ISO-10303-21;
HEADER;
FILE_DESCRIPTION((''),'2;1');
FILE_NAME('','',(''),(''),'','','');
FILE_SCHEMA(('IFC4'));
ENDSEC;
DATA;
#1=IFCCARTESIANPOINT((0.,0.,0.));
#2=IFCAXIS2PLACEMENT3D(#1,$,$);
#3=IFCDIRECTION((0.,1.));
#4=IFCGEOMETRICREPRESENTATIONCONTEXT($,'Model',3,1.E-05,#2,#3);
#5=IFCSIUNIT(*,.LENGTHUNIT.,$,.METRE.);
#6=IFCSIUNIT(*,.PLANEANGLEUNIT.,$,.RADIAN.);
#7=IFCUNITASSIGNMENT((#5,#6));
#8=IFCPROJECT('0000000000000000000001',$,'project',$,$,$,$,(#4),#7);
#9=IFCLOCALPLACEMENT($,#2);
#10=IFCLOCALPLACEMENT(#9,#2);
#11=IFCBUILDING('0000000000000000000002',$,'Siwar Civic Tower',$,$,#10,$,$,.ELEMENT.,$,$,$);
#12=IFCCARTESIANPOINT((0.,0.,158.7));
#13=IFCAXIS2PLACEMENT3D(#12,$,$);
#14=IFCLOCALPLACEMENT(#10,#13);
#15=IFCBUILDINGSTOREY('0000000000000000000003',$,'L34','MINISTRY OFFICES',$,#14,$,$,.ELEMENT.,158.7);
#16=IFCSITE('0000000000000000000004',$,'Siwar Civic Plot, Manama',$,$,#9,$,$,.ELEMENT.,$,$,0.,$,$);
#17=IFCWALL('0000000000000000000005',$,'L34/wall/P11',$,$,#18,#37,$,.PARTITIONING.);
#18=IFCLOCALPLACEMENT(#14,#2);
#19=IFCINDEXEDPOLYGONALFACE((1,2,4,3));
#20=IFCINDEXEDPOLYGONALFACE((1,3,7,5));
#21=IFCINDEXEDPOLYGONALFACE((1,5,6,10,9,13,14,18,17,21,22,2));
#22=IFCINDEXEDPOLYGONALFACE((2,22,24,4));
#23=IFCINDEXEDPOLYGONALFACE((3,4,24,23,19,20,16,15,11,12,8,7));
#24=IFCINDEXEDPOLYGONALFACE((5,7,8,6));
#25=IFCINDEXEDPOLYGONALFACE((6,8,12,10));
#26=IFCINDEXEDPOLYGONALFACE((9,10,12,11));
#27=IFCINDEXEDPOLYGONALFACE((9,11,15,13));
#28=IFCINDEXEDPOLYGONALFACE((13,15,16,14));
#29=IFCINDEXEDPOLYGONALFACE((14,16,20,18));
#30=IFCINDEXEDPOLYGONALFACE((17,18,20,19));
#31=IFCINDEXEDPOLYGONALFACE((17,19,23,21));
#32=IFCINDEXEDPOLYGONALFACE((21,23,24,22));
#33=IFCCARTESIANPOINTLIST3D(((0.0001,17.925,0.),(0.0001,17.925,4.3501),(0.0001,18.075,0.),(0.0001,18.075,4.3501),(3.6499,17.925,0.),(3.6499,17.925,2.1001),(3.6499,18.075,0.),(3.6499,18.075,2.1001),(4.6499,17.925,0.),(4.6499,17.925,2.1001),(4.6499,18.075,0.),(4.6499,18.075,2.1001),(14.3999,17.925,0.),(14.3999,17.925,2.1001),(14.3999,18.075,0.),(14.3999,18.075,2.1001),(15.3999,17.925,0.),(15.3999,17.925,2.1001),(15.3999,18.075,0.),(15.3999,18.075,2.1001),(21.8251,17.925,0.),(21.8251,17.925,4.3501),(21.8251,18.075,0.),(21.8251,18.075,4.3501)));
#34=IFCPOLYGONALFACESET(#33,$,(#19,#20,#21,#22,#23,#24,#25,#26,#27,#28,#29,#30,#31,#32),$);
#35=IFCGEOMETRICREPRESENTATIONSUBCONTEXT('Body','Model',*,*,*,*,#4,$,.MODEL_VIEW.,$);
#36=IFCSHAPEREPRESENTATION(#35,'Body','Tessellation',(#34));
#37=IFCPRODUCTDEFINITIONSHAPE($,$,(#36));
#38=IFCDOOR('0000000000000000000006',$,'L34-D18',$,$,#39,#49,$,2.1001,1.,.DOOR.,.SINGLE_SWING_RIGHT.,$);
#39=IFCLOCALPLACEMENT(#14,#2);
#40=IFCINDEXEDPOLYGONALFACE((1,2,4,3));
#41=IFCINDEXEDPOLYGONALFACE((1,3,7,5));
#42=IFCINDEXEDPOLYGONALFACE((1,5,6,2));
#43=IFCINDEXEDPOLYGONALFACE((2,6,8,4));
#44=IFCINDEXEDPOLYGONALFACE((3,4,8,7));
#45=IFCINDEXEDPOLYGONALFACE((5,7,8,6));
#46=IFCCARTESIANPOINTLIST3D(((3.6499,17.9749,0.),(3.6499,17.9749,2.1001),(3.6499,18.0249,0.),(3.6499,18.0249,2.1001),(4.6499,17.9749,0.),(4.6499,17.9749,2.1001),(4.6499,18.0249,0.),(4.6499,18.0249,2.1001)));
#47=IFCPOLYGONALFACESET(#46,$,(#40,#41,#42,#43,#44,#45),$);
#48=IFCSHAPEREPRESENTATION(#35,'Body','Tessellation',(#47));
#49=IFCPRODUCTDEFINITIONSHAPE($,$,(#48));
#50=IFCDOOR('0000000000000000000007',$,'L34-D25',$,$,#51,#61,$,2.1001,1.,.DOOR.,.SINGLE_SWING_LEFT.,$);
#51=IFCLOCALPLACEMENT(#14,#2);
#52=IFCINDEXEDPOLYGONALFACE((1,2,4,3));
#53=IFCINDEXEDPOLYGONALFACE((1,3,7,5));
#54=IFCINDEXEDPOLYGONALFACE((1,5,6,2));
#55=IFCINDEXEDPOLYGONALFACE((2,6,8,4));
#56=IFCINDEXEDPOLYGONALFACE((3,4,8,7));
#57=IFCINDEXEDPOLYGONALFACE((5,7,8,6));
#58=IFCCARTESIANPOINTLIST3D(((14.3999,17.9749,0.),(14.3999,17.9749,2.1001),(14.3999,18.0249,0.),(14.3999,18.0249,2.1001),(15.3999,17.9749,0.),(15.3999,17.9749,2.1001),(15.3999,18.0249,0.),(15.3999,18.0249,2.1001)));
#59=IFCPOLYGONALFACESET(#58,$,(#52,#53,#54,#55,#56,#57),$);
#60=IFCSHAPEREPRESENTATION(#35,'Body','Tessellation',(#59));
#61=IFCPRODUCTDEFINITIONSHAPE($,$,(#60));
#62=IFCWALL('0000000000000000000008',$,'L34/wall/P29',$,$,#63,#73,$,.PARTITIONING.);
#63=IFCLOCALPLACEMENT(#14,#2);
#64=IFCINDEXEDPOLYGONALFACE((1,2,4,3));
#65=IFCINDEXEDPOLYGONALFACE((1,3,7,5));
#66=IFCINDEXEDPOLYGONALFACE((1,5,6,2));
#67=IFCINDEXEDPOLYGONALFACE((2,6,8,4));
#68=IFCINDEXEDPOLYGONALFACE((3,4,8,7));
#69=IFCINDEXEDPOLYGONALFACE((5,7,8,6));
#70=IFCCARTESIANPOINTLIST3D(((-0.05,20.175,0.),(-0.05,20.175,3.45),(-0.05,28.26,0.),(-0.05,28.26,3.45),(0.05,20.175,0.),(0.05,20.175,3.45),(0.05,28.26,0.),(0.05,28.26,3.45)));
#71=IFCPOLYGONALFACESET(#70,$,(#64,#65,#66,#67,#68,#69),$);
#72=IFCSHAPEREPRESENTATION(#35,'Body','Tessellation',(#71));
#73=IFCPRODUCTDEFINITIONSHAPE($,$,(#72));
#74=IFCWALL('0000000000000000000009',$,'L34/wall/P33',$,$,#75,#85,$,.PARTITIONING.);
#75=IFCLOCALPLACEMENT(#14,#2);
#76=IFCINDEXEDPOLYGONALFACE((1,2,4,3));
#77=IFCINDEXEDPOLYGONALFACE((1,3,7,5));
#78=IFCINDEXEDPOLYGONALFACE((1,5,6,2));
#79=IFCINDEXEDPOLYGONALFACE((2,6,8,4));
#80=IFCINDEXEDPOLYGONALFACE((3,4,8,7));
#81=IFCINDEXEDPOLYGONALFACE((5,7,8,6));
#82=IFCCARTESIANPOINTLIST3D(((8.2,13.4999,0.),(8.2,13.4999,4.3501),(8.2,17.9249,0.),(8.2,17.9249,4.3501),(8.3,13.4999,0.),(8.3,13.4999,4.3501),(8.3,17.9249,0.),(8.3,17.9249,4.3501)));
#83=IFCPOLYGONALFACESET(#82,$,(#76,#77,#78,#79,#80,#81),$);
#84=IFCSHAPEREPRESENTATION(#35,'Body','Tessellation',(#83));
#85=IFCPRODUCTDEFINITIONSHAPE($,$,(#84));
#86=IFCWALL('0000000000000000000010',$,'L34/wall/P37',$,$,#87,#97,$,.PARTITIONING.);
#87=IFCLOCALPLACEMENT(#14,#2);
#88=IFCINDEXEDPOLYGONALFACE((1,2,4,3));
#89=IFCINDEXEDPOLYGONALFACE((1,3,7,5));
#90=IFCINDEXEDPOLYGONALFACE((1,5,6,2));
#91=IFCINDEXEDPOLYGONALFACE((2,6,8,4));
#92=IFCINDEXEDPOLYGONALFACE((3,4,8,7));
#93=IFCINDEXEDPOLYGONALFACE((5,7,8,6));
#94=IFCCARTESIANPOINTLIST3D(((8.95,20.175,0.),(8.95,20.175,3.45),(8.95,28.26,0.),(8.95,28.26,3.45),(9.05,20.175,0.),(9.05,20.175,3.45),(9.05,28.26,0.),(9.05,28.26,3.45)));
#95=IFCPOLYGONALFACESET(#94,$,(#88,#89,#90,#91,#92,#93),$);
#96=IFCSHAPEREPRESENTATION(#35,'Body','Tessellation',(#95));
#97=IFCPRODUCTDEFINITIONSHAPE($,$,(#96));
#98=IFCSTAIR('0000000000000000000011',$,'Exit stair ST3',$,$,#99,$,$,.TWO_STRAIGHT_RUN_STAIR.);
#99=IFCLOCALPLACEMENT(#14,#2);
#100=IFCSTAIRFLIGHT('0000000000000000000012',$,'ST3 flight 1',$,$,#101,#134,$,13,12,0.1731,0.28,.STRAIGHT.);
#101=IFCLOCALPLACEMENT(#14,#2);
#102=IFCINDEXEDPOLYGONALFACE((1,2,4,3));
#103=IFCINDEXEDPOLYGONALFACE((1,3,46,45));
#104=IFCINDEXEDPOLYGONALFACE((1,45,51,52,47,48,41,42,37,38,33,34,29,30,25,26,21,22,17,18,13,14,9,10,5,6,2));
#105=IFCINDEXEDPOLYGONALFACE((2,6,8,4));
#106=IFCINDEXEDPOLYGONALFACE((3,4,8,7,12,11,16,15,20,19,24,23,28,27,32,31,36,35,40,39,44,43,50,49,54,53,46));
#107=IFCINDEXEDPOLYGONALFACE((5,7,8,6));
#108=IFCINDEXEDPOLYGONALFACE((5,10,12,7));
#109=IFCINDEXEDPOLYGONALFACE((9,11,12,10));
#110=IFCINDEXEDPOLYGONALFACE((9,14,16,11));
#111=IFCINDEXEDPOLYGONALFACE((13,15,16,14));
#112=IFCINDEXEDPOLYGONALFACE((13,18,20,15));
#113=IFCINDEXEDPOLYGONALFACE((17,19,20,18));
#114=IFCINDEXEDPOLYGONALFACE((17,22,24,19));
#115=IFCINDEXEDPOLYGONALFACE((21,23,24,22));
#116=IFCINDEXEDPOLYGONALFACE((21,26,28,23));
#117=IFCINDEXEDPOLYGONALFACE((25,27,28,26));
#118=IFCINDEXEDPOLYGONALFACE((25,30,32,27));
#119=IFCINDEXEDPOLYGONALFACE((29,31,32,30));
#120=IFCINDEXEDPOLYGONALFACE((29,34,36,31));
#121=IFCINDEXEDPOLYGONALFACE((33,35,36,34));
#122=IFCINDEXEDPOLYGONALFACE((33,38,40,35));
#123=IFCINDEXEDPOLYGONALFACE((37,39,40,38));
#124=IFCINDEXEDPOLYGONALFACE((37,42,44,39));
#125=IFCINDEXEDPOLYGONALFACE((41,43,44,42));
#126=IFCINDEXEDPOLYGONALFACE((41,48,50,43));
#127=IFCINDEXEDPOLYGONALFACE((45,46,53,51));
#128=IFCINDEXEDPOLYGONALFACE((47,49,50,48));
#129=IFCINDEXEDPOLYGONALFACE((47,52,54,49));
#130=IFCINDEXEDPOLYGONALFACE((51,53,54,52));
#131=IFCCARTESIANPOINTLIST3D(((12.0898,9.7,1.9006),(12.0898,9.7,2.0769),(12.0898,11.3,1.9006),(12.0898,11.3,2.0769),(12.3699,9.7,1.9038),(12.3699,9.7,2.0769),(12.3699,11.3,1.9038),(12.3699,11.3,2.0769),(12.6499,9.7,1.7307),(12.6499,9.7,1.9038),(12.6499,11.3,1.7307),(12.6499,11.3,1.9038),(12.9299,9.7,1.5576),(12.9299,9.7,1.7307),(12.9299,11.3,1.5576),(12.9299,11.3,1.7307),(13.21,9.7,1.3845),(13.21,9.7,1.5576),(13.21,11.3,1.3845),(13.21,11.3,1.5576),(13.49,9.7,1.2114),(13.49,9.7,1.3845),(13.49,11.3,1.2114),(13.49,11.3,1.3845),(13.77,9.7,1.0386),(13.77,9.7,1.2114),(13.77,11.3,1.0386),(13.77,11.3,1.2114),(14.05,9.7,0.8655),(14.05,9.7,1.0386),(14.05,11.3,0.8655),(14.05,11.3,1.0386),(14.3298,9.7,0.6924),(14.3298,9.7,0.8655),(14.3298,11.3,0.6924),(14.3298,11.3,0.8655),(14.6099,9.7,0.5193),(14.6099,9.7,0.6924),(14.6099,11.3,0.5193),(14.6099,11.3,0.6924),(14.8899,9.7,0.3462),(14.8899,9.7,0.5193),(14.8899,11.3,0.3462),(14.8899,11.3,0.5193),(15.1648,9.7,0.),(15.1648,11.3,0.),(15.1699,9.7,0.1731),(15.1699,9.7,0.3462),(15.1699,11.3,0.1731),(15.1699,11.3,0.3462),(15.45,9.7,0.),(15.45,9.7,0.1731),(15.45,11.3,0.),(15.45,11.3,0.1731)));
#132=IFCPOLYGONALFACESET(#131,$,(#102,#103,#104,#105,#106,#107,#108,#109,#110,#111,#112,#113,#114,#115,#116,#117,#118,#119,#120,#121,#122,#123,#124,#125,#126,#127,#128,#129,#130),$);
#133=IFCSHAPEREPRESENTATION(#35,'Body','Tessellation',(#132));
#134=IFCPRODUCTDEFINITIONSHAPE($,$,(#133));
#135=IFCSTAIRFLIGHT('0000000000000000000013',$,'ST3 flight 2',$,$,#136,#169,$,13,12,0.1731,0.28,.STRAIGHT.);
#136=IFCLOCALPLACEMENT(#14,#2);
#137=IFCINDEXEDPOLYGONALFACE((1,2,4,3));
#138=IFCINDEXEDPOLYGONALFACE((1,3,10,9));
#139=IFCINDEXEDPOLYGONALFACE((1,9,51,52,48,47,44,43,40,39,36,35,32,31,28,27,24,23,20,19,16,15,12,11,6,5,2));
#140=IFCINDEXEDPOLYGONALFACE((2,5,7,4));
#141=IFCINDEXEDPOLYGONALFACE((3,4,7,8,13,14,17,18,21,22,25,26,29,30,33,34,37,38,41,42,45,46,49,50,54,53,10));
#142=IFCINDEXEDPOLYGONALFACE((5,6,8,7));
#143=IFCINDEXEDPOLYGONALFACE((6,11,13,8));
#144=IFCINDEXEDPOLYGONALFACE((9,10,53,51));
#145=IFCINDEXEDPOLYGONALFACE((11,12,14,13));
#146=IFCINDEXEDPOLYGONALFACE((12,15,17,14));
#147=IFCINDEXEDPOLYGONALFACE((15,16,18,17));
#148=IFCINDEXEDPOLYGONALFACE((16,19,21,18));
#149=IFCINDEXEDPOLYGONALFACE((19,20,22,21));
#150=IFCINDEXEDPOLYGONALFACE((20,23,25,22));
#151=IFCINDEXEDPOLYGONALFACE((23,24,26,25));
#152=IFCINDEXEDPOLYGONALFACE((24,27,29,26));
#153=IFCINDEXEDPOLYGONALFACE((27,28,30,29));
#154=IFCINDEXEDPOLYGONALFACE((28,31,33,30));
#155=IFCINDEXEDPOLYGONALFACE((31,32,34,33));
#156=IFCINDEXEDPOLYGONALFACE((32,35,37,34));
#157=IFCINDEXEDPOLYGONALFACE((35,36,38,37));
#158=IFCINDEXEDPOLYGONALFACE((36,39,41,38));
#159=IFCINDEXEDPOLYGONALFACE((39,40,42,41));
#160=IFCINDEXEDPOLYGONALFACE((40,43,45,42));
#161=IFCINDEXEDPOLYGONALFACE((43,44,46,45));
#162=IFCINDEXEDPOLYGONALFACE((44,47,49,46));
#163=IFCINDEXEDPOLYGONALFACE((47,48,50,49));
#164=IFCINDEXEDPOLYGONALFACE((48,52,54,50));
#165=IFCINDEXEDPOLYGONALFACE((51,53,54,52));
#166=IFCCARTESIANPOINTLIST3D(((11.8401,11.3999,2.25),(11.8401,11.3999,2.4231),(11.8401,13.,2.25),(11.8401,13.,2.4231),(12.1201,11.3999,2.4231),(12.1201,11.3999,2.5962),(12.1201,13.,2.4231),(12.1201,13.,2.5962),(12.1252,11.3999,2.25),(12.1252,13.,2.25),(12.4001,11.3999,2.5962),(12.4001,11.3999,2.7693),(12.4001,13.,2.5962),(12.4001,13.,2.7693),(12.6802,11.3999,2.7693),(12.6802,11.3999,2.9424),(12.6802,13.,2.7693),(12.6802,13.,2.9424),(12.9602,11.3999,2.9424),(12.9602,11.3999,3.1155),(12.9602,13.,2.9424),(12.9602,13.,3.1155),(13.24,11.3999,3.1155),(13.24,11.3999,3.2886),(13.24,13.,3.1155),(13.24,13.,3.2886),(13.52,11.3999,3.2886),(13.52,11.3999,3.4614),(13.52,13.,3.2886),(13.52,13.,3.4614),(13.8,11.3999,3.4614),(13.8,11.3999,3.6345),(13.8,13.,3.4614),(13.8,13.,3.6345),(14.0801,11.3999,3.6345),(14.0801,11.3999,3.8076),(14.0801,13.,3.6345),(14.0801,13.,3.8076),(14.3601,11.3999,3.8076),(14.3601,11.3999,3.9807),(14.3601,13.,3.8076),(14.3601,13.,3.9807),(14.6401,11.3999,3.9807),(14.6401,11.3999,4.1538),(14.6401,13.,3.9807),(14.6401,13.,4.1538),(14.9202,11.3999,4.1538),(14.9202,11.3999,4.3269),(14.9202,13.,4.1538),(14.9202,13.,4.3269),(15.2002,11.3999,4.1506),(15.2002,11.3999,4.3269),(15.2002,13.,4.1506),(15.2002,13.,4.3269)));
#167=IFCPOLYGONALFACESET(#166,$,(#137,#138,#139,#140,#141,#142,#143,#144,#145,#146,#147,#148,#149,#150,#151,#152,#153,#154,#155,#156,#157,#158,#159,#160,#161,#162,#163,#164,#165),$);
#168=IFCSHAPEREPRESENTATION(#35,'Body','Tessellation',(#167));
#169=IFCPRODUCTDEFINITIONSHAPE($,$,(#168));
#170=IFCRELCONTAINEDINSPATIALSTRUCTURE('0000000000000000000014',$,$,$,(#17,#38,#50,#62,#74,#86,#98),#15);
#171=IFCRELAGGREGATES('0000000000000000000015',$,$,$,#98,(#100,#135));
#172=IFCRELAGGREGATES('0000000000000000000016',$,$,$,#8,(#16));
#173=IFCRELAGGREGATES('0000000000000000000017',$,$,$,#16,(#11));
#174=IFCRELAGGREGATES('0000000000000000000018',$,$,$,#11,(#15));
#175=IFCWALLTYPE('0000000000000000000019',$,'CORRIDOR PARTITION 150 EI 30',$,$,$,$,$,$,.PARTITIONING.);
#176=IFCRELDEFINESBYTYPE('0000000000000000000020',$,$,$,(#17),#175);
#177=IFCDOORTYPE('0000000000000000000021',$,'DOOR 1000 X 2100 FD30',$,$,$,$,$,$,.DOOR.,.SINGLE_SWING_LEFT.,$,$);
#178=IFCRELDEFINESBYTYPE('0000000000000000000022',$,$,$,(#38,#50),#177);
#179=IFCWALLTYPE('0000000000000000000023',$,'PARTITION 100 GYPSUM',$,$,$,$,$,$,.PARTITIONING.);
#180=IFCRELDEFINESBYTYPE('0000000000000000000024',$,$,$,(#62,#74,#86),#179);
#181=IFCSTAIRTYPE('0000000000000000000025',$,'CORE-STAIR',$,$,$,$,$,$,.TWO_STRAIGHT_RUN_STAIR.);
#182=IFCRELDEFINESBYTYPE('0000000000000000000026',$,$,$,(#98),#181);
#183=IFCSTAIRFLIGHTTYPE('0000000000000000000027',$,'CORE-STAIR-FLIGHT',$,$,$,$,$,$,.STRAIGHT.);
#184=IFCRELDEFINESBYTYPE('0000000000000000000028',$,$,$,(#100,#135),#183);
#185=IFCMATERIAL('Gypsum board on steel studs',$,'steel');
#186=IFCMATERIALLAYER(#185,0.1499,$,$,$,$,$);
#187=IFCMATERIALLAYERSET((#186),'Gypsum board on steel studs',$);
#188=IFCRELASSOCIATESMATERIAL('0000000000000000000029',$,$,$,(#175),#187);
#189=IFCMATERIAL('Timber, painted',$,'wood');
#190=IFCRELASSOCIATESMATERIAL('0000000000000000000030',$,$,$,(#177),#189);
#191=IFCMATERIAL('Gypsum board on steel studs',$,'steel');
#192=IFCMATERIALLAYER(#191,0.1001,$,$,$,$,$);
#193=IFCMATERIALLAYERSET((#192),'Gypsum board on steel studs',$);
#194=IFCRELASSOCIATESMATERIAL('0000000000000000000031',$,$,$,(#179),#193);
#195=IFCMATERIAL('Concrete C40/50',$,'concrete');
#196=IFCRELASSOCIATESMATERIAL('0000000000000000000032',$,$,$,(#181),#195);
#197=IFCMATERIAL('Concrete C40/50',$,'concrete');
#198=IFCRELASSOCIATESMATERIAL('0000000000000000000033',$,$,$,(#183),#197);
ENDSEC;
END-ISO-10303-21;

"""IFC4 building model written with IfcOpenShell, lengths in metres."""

from ifc_helpers import new_model, si_unit, direction, frame, frame_2d, origin, place, context, subcontext, project, spatial, polyline, rectangle, outline, extrude, material, layer, layer_set, type_object, element, fill, aggregate, save


model = new_model("IFC4")

# Units and contexts
model_context = context("Model", 3, precision=1e-05, world=origin(), true_north=direction((0.0, 1.0)))
body_context = subcontext(model_context, "Body", "Model", "MODEL_VIEW")
ifc_project = project(units=[si_unit("LENGTHUNIT", "METRE"), si_unit("PLANEANGLEUNIT", "RADIAN")], contexts=[model_context])

# Site, building, storey
site_placement = place(None, origin())
site = spatial("IfcSite", under=ifc_project, at=site_placement, Name="Siwar Civic Plot, Manama", CompositionType="ELEMENT", RefElevation=0.0)
building_placement = place(site_placement, origin())
building = spatial("IfcBuilding", under=site, at=building_placement, Name="Siwar Civic Tower", CompositionType="ELEMENT")
storey_placement = place(building_placement, frame((0.0, 0.0, 158.7)))
storey = spatial("IfcBuildingStorey", under=building, at=storey_placement, Name="L34", Description="MINISTRY OFFICES", CompositionType="ELEMENT", Elevation=158.7)

# Wall, openings, doors
ifc_material_1 = material(Name="Gypsum board on steel studs", Category="steel")
ifc_layer_1 = layer(ifc_material_1, 0.1499)
ifc_layer_set_1 = layer_set([ifc_layer_1], Name="Gypsum board on steel studs")
wall_type_1 = type_object("IfcWallType", Name="CORRIDOR PARTITION 150 EI 30", PredefinedType="PARTITIONING", material=ifc_layer_set_1)
wall_1_placement = place(storey_placement, frame((0.0, 18.0, 0.0), z_axis=(0.0, 0.0, 1.0), x_axis=(1.0, 0.0, 0.0)))
wall_1 = element("IfcWall", 1, at=wall_1_placement, inside=storey, type_object=wall_type_1, Name="L34/wall/P11", PredefinedType="PARTITIONING", context=body_context, shape_type="SweptSolid", body=[
    extrude(rectangle(XDim=21.825, YDim=0.1499, at=frame_2d((10.9126, 0.0))), origin(), (0.0, 0.0, 1.0), 4.3501),
])
opening_1_placement = place(wall_1_placement, frame((3.6499, 0.0, 0.0)))
opening_1 = element("IfcOpeningElement", 2, at=opening_1_placement, cuts=wall_1, PredefinedType="OPENING", context=body_context, shape_type="SweptSolid", body=[
    extrude(rectangle(XDim=1.0, YDim=2.1001, at=frame_2d((0.5, 1.05))), frame((0.0, 0.085, 0.0), z_axis=(0.0, -1.0, 0.0), x_axis=(1.0, 0.0, 0.0)), (0.0, 0.0, 1.0), 0.1699),
])
opening_2_placement = place(wall_1_placement, frame((14.3999, 0.0, 0.0)))
opening_2 = element("IfcOpeningElement", 3, at=opening_2_placement, cuts=wall_1, PredefinedType="OPENING", context=body_context, shape_type="SweptSolid", body=[
    extrude(rectangle(XDim=1.0, YDim=2.1001, at=frame_2d((0.5, 1.05))), frame((0.0, 0.085, 0.0), z_axis=(0.0, -1.0, 0.0), x_axis=(1.0, 0.0, 0.0)), (0.0, 0.0, 1.0), 0.1699),
])
ifc_material_2 = material(Name="Timber, painted", Category="wood")
door_type = type_object("IfcDoorType", Name="DOOR 1000 X 2100 FD30", OperationType="SINGLE_SWING_LEFT", PredefinedType="DOOR", material=ifc_material_2)
door_1_placement = place(opening_1_placement, origin())
door_1 = element("IfcDoor", 4, at=door_1_placement, inside=storey, type_object=door_type, Name="L34-D18", OperationType="SINGLE_SWING_RIGHT", OverallHeight=2.1001, OverallWidth=1.0, PredefinedType="DOOR", context=body_context, shape_type="SweptSolid", body=[
    extrude(rectangle(XDim=1.0, YDim=2.1001, at=frame_2d((0.5, 1.05))), frame((0.0, 0.0249, 0.0), z_axis=(0.0, -1.0, 0.0), x_axis=(1.0, 0.0, 0.0)), (0.0, 0.0, 1.0), 0.05),
])
fill(opening_1, door_1)
door_2_placement = place(opening_2_placement, origin())
door_2 = element("IfcDoor", 5, at=door_2_placement, inside=storey, type_object=door_type, Name="L34-D25", OperationType="SINGLE_SWING_LEFT", OverallHeight=2.1001, OverallWidth=1.0, PredefinedType="DOOR", context=body_context, shape_type="SweptSolid", body=[
    extrude(rectangle(XDim=1.0, YDim=2.1001, at=frame_2d((0.5, 1.05))), frame((0.0, 0.0249, 0.0), z_axis=(0.0, -1.0, 0.0), x_axis=(1.0, 0.0, 0.0)), (0.0, 0.0, 1.0), 0.05),
])
fill(opening_2, door_2)

# Walls
ifc_material_3 = material(Name="Gypsum board on steel studs", Category="steel")
ifc_layer_2 = layer(ifc_material_3, 0.1001)
ifc_layer_set_2 = layer_set([ifc_layer_2], Name="Gypsum board on steel studs")
wall_type_2 = type_object("IfcWallType", Name="PARTITION 100 GYPSUM", PredefinedType="PARTITIONING", material=ifc_layer_set_2)
wall_2_placement = place(storey_placement, frame((0.0, 20.175, 0.0), z_axis=(0.0, 0.0, 1.0), x_axis=(0.0, 1.0, 0.0)))
element("IfcWall", 6, at=wall_2_placement, inside=storey, type_object=wall_type_2, Name="L34/wall/P29", PredefinedType="PARTITIONING", context=body_context, shape_type="SweptSolid", body=[
    extrude(rectangle(XDim=8.085, YDim=0.1001, at=frame_2d((4.0425, 0.0))), origin(), (0.0, 0.0, 1.0), 3.45),
])
wall_3_placement = place(storey_placement, frame((8.25, 13.5, 0.0), z_axis=(0.0, 0.0, 1.0), x_axis=(0.0, 1.0, 0.0)))
element("IfcWall", 7, at=wall_3_placement, inside=storey, type_object=wall_type_2, Name="L34/wall/P33", PredefinedType="PARTITIONING", context=body_context, shape_type="SweptSolid", body=[
    extrude(rectangle(XDim=4.425, YDim=0.1001, at=frame_2d((2.2124, 0.0))), origin(), (0.0, 0.0, 1.0), 4.3501),
])
wall_4_placement = place(storey_placement, frame((9.0, 20.175, 0.0), z_axis=(0.0, 0.0, 1.0), x_axis=(0.0, 1.0, 0.0)))
element("IfcWall", 8, at=wall_4_placement, inside=storey, type_object=wall_type_2, Name="L34/wall/P37", PredefinedType="PARTITIONING", context=body_context, shape_type="SweptSolid", body=[
    extrude(rectangle(XDim=8.085, YDim=0.1001, at=frame_2d((4.0425, 0.0))), origin(), (0.0, 0.0, 1.0), 3.45),
])

# Stair, stair flights
ifc_material_4 = material(Name="Concrete C40/50", Category="concrete")
stair_type = type_object("IfcStairType", Name="CORE-STAIR", PredefinedType="TWO_STRAIGHT_RUN_STAIR", material=ifc_material_4)
stair_placement = place(storey_placement, origin())
stair = element("IfcStair", 9, at=stair_placement, inside=storey, type_object=stair_type, Name="Exit stair ST3", PredefinedType="TWO_STRAIGHT_RUN_STAIR")
ifc_material_5 = material(Name="Concrete C40/50", Category="concrete")
stair_flight_type = type_object("IfcStairFlightType", Name="CORE-STAIR-FLIGHT", PredefinedType="STRAIGHT", material=ifc_material_5)
stair_flight_1_placement = place(storey_placement, frame((15.45, 10.5, 0.0), z_axis=(0.0, 0.0, 1.0), x_axis=(-1.0, 0.0, 0.0)))
stair_flight_1 = element("IfcStairFlight", 10, at=stair_flight_1_placement, type_object=stair_flight_type, Name="ST3 flight 1", NumberOfRisers=13, NumberOfTreads=12, PredefinedType="STRAIGHT", RiserHeight=0.1731, TreadLength=0.28, context=body_context, shape_type="SweptSolid", body=[
    extrude(outline(polyline([(0.0, 0.0), (0.0, 0.1731), (0.28, 0.1731), (0.28, 0.3462), (0.5601, 0.3462), (0.5601, 0.5193), (0.8401, 0.5193), (0.8401, 0.6924), (1.1201, 0.6924), (1.1201, 0.8655), (1.3999, 0.8655), (1.3999, 1.0386), (1.6799, 1.0386), (1.6799, 1.2114), (1.96, 1.2114), (1.96, 1.3845), (2.24, 1.3845), (2.24, 1.5576), (2.52, 1.5576), (2.52, 1.7307), (2.8, 1.7307), (2.8, 1.9038), (3.0801, 1.9038), (3.0801, 2.0769), (3.3601, 2.0769), (3.3601, 2.25), (3.3601, 1.9006), (0.2852, 0.0), (0.0, 0.0)])), frame((0.0, 0.8, 0.0), z_axis=(0.0, -1.0, 0.0), x_axis=(1.0, 0.0, 0.0)), (0.0, 0.0, 1.0), 1.6001),
])
stair_flight_2_placement = place(storey_placement, frame((11.8401, 12.2, 2.25), z_axis=(0.0, 0.0, 1.0), x_axis=(1.0, 0.0, 0.0)))
stair_flight_2 = element("IfcStairFlight", 11, at=stair_flight_2_placement, type_object=stair_flight_type, Name="ST3 flight 2", NumberOfRisers=13, NumberOfTreads=12, PredefinedType="STRAIGHT", RiserHeight=0.1731, TreadLength=0.28, context=body_context, shape_type="SweptSolid", body=[
    extrude(outline(polyline([(0.0, 0.0), (0.0, 0.1731), (0.28, 0.1731), (0.28, 0.3462), (0.5601, 0.3462), (0.5601, 0.5193), (0.8401, 0.5193), (0.8401, 0.6924), (1.1201, 0.6924), (1.1201, 0.8655), (1.3999, 0.8655), (1.3999, 1.0386), (1.6799, 1.0386), (1.6799, 1.2114), (1.96, 1.2114), (1.96, 1.3845), (2.24, 1.3845), (2.24, 1.5576), (2.52, 1.5576), (2.52, 1.7307), (2.8, 1.7307), (2.8, 1.9038), (3.0801, 1.9038), (3.0801, 2.0769), (3.3601, 2.0769), (3.3601, 2.25), (3.3601, 1.9006), (0.2852, 0.0), (0.0, 0.0)])), frame((0.0, 0.8, 0.0), z_axis=(0.0, -1.0, 0.0), x_axis=(1.0, 0.0, 0.0)), (0.0, 0.0, 1.0), 1.6001),
])
aggregate(stair, [stair_flight_1, stair_flight_2])

save(model, "model.ifc")
